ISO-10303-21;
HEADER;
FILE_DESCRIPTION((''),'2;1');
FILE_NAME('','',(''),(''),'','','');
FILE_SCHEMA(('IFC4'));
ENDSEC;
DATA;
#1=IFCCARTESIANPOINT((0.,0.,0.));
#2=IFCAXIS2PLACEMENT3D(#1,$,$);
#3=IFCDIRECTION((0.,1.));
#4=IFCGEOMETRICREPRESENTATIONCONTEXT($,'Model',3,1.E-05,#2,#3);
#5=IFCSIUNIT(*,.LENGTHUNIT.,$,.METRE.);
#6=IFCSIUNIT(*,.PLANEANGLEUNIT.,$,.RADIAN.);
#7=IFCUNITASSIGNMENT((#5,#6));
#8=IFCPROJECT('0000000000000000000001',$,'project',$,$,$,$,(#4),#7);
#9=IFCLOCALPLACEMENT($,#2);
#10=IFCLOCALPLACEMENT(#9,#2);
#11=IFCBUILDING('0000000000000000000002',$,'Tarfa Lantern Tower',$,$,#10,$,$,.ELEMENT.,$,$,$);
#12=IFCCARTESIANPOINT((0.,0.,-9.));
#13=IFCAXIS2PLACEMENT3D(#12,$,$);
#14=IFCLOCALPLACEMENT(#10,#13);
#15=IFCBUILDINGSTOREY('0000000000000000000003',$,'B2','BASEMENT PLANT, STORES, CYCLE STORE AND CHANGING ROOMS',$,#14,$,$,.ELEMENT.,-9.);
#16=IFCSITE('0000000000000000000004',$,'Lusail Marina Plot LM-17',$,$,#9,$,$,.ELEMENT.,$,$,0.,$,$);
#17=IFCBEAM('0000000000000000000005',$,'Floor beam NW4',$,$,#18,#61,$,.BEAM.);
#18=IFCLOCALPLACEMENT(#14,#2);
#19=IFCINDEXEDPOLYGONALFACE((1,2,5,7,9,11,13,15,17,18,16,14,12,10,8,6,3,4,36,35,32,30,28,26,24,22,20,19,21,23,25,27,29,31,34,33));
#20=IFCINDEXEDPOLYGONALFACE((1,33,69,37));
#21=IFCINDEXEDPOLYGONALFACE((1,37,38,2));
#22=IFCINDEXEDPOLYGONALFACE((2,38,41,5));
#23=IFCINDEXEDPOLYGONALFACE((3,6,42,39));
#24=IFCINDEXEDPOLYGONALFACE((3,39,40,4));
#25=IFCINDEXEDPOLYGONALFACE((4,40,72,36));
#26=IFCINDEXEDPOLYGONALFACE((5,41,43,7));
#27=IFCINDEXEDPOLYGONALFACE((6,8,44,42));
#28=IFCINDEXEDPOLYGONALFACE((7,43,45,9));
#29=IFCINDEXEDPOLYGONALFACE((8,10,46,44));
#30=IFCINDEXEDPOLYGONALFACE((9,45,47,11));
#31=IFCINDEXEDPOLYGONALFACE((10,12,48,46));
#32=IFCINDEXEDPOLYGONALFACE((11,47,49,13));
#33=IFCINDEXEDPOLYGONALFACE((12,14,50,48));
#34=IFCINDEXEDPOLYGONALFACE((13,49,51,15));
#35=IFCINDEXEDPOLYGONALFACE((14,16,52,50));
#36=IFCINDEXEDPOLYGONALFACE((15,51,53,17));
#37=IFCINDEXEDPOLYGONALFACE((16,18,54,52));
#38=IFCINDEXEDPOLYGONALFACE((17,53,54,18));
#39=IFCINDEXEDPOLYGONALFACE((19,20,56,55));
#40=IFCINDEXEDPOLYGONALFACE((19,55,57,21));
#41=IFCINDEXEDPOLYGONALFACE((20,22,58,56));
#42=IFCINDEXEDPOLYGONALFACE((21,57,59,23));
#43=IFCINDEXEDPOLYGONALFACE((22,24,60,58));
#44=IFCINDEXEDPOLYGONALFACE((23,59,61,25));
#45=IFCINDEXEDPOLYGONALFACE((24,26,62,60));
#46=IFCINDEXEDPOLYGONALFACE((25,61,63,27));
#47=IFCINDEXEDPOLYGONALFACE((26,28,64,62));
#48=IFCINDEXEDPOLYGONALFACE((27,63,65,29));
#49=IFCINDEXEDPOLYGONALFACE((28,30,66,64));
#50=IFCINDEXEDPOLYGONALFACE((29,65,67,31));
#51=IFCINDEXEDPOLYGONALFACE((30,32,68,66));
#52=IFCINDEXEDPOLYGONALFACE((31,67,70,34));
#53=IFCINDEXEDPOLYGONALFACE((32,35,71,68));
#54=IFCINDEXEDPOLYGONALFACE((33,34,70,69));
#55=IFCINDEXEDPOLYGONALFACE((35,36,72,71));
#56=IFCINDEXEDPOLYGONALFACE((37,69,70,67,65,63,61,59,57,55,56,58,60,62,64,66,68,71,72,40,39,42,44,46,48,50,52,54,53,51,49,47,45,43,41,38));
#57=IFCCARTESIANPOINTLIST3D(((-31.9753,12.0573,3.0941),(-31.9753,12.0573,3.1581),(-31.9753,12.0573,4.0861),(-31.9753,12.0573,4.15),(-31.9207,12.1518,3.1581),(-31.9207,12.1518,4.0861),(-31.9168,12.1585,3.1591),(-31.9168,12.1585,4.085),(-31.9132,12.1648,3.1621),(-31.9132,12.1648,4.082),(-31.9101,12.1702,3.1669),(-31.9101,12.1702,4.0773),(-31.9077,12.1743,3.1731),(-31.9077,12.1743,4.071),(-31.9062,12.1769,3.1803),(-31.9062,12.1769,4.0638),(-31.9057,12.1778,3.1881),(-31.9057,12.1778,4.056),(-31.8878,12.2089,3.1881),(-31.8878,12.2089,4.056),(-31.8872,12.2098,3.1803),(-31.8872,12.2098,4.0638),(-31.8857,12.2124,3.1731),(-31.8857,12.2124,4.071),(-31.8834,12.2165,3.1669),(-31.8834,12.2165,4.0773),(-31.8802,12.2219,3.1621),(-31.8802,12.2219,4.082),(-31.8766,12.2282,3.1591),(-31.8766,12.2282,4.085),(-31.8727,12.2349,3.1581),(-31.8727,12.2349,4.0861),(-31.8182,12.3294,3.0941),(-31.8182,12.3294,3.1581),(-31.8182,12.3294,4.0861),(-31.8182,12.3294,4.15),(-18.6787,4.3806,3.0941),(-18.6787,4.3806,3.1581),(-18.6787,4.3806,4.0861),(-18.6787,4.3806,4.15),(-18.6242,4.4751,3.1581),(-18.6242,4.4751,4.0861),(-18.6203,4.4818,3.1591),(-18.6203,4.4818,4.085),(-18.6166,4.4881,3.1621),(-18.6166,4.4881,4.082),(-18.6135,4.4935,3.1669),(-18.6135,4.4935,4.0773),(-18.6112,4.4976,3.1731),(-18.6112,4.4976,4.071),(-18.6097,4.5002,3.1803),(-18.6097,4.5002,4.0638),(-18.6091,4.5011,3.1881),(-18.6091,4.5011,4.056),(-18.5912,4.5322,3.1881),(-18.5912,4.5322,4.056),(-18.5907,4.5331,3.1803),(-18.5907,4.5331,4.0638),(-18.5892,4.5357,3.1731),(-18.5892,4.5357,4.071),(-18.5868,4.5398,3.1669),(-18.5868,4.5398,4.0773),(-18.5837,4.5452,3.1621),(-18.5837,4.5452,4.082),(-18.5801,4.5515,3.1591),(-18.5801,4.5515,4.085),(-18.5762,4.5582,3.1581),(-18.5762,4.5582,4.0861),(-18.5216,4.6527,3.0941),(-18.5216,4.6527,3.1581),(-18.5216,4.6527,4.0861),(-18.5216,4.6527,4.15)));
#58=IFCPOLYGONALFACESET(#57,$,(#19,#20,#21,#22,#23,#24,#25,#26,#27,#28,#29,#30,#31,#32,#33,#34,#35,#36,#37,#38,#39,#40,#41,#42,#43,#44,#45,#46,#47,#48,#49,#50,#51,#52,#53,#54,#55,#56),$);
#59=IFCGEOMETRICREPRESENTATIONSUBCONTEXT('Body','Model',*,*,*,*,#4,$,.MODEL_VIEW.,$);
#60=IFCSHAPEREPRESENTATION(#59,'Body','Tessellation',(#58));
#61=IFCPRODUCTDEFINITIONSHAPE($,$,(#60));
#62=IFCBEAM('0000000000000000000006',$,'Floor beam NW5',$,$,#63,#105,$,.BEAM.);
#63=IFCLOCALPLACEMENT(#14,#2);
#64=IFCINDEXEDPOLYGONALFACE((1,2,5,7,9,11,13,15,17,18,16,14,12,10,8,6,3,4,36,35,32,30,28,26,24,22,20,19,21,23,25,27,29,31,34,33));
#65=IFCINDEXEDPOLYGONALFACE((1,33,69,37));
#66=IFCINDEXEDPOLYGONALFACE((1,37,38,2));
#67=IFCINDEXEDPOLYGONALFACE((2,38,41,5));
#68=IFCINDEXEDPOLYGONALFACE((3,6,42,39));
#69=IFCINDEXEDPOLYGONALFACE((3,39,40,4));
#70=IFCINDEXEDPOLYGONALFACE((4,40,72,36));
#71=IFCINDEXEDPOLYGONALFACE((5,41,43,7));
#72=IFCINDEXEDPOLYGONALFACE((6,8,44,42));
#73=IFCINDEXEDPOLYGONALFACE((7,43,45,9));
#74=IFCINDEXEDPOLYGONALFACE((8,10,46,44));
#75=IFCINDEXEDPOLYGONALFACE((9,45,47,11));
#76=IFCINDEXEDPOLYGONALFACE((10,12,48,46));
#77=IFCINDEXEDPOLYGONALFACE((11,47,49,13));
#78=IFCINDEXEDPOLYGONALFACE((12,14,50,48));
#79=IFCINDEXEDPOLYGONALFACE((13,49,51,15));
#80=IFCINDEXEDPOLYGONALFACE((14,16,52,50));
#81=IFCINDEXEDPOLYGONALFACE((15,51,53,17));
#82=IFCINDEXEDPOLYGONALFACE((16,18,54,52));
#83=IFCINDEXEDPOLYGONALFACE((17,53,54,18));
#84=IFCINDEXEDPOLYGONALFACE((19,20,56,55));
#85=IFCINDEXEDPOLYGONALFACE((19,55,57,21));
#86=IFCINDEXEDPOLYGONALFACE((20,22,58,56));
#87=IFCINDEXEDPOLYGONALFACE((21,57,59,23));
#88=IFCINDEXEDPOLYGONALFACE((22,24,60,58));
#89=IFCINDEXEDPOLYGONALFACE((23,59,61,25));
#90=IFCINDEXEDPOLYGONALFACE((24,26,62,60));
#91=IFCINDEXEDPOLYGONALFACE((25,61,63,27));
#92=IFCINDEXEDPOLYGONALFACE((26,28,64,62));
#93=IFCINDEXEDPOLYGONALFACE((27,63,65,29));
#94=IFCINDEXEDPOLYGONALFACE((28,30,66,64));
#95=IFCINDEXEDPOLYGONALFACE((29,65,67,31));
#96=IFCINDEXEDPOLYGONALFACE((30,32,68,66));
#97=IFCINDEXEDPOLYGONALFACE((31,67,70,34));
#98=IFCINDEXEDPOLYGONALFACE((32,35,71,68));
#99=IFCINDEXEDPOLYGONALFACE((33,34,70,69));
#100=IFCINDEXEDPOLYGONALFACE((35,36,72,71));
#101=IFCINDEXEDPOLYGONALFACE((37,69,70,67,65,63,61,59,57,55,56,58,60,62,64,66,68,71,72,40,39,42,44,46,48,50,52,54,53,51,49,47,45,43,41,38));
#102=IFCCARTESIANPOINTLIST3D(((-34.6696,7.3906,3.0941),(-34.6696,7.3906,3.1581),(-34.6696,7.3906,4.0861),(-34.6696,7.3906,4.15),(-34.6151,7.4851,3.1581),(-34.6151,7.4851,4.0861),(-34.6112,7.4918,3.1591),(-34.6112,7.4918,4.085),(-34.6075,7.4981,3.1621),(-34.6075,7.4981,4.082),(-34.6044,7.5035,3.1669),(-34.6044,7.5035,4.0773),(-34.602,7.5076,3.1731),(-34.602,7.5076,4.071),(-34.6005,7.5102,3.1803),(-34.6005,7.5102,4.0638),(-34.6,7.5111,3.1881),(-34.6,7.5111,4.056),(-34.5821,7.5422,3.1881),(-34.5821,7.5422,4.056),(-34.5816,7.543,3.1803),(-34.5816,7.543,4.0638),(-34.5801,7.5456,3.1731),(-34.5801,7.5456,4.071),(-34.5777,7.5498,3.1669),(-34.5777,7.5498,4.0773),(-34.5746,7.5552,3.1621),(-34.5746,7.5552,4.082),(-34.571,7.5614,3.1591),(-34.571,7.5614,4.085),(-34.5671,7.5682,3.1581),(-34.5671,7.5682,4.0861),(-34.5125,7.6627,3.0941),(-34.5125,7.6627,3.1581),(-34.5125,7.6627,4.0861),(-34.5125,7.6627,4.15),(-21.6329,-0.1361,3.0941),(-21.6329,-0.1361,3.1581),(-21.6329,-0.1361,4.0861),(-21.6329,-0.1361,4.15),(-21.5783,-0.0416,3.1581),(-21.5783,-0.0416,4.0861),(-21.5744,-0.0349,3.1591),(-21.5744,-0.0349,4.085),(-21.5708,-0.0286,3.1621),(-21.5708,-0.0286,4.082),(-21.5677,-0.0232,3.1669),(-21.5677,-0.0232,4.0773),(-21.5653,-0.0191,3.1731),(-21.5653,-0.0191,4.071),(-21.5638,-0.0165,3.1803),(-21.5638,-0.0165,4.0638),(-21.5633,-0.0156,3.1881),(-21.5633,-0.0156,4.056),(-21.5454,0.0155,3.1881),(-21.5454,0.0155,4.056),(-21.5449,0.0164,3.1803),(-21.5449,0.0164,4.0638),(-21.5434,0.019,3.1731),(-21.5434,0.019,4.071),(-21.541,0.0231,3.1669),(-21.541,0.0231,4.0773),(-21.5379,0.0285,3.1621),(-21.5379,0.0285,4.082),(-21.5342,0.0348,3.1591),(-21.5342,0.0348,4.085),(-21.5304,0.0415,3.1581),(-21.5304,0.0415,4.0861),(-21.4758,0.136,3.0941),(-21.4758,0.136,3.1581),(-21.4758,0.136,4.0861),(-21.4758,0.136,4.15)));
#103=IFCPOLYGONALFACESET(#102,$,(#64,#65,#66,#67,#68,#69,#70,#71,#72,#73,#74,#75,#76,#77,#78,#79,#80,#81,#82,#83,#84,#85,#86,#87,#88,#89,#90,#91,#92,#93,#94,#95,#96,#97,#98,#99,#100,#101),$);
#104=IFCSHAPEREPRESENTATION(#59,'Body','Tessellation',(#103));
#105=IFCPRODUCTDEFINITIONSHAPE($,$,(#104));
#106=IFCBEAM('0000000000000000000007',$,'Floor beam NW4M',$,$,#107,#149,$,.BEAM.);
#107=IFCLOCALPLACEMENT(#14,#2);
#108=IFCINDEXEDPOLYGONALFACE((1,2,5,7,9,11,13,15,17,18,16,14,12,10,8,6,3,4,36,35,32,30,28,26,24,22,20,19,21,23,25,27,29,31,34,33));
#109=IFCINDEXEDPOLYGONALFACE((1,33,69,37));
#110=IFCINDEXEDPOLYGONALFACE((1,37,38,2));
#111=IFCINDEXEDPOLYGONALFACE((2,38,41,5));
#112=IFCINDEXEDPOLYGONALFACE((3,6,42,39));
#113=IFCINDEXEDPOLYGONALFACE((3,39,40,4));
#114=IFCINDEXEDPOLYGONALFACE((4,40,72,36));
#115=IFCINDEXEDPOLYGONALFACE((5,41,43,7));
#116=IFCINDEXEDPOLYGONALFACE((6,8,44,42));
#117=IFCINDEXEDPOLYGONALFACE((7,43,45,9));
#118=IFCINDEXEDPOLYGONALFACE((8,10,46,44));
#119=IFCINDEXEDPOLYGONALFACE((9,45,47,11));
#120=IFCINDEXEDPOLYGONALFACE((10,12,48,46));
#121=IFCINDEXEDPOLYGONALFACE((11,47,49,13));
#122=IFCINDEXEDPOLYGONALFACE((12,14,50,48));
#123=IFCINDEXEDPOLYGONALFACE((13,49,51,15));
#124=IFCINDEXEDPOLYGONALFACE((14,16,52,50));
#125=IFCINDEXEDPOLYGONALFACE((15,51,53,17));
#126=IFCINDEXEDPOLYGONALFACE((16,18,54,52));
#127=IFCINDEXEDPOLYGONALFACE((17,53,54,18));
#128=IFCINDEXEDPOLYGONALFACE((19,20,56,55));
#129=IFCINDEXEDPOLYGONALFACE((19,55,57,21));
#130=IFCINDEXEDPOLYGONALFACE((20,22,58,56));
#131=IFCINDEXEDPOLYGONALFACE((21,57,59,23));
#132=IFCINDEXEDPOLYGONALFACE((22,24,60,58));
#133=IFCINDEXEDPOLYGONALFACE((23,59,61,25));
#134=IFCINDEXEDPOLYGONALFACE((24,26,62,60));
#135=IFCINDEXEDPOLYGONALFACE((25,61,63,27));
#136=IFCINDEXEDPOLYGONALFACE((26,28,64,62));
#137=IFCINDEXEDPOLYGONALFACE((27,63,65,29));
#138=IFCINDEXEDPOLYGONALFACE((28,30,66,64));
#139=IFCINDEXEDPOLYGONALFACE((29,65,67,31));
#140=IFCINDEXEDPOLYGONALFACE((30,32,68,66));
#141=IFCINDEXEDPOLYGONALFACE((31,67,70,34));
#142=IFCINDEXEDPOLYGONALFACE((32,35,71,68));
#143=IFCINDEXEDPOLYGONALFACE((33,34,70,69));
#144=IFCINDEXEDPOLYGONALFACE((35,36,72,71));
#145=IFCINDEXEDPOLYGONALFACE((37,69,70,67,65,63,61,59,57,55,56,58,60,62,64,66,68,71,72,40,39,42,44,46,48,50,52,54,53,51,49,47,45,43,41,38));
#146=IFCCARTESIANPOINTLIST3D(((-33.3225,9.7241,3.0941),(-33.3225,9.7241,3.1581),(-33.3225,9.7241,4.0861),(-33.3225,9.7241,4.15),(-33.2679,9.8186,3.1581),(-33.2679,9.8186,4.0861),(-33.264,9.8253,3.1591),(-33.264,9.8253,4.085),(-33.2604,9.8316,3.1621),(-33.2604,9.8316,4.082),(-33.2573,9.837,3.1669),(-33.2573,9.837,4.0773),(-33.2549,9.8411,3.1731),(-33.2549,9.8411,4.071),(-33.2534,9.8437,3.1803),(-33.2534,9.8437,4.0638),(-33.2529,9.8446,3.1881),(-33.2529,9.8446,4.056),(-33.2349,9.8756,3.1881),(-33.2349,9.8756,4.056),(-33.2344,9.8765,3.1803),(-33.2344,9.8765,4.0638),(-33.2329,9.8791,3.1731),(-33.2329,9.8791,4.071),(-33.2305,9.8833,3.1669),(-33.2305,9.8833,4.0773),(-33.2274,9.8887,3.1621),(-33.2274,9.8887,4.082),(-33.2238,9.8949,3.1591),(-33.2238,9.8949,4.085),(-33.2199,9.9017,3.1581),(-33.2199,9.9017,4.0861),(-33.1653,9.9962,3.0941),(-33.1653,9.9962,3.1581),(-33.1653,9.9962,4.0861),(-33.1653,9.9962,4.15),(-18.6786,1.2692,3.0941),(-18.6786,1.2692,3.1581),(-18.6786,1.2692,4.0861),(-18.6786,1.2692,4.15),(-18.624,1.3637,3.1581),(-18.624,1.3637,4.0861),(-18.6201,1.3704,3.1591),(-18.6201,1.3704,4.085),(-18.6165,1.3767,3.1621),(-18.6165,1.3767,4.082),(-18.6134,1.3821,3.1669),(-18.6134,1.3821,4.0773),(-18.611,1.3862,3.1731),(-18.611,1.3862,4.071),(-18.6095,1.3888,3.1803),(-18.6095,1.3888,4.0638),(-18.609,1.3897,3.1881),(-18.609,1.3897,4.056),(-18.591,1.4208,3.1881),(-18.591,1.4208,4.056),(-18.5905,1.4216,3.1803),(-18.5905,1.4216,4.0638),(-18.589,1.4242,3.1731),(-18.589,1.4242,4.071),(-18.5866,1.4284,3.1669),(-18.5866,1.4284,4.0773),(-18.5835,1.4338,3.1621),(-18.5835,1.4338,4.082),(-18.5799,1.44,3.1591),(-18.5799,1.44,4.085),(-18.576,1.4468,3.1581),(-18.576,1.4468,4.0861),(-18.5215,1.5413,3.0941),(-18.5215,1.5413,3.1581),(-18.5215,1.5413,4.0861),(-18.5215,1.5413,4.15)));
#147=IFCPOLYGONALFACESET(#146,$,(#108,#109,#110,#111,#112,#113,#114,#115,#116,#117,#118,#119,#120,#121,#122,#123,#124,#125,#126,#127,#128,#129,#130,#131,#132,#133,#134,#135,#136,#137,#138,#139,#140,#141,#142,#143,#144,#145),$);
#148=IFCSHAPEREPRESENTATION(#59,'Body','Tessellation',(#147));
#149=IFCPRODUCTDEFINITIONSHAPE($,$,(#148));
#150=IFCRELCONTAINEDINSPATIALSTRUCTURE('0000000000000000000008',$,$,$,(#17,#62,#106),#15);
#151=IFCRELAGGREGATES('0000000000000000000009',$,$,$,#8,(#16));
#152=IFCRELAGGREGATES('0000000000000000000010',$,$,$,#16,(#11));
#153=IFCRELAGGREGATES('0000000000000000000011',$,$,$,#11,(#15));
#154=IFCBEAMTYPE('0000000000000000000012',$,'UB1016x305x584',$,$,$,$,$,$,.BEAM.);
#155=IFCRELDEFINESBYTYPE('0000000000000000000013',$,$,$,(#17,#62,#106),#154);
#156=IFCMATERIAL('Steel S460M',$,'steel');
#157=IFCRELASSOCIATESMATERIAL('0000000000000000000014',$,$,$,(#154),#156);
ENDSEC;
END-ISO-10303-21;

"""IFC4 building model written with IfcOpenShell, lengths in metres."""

from ifc_helpers import new_model, si_unit, direction, frame, origin, origin_2d, place, context, subcontext, project, spatial, i_section, extrude, material, material_profile, profile_set, type_object, element, save


model = new_model("IFC4")

# Units and contexts
model_context = context("Model", 3, precision=1e-05, world=origin(), true_north=direction((0.0, 1.0)))
body_context = subcontext(model_context, "Body", "Model", "MODEL_VIEW")
ifc_project = project(units=[si_unit("LENGTHUNIT", "METRE"), si_unit("PLANEANGLEUNIT", "RADIAN")], contexts=[model_context])

# Site, building, storey
site_placement = place(None, origin())
site = spatial("IfcSite", under=ifc_project, at=site_placement, Name="Lusail Marina Plot LM-17", CompositionType="ELEMENT", RefElevation=0.0)
building_placement = place(site_placement, origin())
building = spatial("IfcBuilding", under=site, at=building_placement, Name="Tarfa Lantern Tower", CompositionType="ELEMENT")
storey_placement = place(building_placement, frame((0.0, 0.0, -9.0)))
storey = spatial("IfcBuildingStorey", under=building, at=storey_placement, Name="B2", Description="BASEMENT PLANT, STORES, CYCLE STORE AND CHANGING ROOMS", CompositionType="ELEMENT", Elevation=-9.0)

# Beams
ifc_material_1 = material(Name="Steel S460M", Category="steel")
ifc_material_profile_1 = material_profile(ifc_material_1, i_section(OverallWidth=0.3142, OverallDepth=1.0559, WebThickness=0.0359, FlangeThickness=0.064, FilletRadius=0.03, at=origin_2d()), Name="UB1016x305x584")
ifc_profile_set_1 = profile_set([ifc_material_profile_1], Name="Steel S460M")
beam_type_1 = type_object("IfcBeamType", Name="UB1016x305x584", PredefinedType="BEAM", material=ifc_profile_set_1)
beam_1_placement = place(storey_placement, frame((-31.8967, 12.1934, 3.6221), z_axis=(0.866027, -0.499997, 0.0), x_axis=(0.499997, 0.866027, 0.0)))
element("IfcBeam", 1, at=beam_1_placement, inside=storey, type_object=beam_type_1, Name="Floor beam NW4", PredefinedType="BEAM", context=body_context, shape_type="SweptSolid", body=[
    extrude(i_section(OverallWidth=0.3142, OverallDepth=1.0559, WebThickness=0.0359, FlangeThickness=0.064, FilletRadius=0.03, at=origin_2d()), origin(), (0.0, 0.0, 1.0), 15.3535),
])
beam_2_placement = place(storey_placement, frame((-34.5911, 7.5266, 3.6221), z_axis=(0.866028, -0.499996, 0.0), x_axis=(0.499996, 0.866028, 0.0)))
element("IfcBeam", 2, at=beam_2_placement, inside=storey, type_object=beam_type_1, Name="Floor beam NW5", PredefinedType="BEAM", context=body_context, shape_type="SweptSolid", body=[
    extrude(i_section(OverallWidth=0.3142, OverallDepth=1.0559, WebThickness=0.0359, FlangeThickness=0.064, FilletRadius=0.03, at=origin_2d()), origin(), (0.0, 0.0, 1.0), 15.0535),
])
beam_3_placement = place(storey_placement, frame((-33.2439, 9.8601, 3.6221), z_axis=(0.866019, -0.50001, 0.0), x_axis=(0.50001, 0.866019, 0.0)))
element("IfcBeam", 3, at=beam_3_placement, inside=storey, type_object=beam_type_1, Name="Floor beam NW4M", PredefinedType="BEAM", context=body_context, shape_type="SweptSolid", body=[
    extrude(i_section(OverallWidth=0.3142, OverallDepth=1.0559, WebThickness=0.0359, FlangeThickness=0.064, FilletRadius=0.03, at=origin_2d()), origin(), (0.0, 0.0, 1.0), 16.9094),
])

save(model, "model.ifc")
